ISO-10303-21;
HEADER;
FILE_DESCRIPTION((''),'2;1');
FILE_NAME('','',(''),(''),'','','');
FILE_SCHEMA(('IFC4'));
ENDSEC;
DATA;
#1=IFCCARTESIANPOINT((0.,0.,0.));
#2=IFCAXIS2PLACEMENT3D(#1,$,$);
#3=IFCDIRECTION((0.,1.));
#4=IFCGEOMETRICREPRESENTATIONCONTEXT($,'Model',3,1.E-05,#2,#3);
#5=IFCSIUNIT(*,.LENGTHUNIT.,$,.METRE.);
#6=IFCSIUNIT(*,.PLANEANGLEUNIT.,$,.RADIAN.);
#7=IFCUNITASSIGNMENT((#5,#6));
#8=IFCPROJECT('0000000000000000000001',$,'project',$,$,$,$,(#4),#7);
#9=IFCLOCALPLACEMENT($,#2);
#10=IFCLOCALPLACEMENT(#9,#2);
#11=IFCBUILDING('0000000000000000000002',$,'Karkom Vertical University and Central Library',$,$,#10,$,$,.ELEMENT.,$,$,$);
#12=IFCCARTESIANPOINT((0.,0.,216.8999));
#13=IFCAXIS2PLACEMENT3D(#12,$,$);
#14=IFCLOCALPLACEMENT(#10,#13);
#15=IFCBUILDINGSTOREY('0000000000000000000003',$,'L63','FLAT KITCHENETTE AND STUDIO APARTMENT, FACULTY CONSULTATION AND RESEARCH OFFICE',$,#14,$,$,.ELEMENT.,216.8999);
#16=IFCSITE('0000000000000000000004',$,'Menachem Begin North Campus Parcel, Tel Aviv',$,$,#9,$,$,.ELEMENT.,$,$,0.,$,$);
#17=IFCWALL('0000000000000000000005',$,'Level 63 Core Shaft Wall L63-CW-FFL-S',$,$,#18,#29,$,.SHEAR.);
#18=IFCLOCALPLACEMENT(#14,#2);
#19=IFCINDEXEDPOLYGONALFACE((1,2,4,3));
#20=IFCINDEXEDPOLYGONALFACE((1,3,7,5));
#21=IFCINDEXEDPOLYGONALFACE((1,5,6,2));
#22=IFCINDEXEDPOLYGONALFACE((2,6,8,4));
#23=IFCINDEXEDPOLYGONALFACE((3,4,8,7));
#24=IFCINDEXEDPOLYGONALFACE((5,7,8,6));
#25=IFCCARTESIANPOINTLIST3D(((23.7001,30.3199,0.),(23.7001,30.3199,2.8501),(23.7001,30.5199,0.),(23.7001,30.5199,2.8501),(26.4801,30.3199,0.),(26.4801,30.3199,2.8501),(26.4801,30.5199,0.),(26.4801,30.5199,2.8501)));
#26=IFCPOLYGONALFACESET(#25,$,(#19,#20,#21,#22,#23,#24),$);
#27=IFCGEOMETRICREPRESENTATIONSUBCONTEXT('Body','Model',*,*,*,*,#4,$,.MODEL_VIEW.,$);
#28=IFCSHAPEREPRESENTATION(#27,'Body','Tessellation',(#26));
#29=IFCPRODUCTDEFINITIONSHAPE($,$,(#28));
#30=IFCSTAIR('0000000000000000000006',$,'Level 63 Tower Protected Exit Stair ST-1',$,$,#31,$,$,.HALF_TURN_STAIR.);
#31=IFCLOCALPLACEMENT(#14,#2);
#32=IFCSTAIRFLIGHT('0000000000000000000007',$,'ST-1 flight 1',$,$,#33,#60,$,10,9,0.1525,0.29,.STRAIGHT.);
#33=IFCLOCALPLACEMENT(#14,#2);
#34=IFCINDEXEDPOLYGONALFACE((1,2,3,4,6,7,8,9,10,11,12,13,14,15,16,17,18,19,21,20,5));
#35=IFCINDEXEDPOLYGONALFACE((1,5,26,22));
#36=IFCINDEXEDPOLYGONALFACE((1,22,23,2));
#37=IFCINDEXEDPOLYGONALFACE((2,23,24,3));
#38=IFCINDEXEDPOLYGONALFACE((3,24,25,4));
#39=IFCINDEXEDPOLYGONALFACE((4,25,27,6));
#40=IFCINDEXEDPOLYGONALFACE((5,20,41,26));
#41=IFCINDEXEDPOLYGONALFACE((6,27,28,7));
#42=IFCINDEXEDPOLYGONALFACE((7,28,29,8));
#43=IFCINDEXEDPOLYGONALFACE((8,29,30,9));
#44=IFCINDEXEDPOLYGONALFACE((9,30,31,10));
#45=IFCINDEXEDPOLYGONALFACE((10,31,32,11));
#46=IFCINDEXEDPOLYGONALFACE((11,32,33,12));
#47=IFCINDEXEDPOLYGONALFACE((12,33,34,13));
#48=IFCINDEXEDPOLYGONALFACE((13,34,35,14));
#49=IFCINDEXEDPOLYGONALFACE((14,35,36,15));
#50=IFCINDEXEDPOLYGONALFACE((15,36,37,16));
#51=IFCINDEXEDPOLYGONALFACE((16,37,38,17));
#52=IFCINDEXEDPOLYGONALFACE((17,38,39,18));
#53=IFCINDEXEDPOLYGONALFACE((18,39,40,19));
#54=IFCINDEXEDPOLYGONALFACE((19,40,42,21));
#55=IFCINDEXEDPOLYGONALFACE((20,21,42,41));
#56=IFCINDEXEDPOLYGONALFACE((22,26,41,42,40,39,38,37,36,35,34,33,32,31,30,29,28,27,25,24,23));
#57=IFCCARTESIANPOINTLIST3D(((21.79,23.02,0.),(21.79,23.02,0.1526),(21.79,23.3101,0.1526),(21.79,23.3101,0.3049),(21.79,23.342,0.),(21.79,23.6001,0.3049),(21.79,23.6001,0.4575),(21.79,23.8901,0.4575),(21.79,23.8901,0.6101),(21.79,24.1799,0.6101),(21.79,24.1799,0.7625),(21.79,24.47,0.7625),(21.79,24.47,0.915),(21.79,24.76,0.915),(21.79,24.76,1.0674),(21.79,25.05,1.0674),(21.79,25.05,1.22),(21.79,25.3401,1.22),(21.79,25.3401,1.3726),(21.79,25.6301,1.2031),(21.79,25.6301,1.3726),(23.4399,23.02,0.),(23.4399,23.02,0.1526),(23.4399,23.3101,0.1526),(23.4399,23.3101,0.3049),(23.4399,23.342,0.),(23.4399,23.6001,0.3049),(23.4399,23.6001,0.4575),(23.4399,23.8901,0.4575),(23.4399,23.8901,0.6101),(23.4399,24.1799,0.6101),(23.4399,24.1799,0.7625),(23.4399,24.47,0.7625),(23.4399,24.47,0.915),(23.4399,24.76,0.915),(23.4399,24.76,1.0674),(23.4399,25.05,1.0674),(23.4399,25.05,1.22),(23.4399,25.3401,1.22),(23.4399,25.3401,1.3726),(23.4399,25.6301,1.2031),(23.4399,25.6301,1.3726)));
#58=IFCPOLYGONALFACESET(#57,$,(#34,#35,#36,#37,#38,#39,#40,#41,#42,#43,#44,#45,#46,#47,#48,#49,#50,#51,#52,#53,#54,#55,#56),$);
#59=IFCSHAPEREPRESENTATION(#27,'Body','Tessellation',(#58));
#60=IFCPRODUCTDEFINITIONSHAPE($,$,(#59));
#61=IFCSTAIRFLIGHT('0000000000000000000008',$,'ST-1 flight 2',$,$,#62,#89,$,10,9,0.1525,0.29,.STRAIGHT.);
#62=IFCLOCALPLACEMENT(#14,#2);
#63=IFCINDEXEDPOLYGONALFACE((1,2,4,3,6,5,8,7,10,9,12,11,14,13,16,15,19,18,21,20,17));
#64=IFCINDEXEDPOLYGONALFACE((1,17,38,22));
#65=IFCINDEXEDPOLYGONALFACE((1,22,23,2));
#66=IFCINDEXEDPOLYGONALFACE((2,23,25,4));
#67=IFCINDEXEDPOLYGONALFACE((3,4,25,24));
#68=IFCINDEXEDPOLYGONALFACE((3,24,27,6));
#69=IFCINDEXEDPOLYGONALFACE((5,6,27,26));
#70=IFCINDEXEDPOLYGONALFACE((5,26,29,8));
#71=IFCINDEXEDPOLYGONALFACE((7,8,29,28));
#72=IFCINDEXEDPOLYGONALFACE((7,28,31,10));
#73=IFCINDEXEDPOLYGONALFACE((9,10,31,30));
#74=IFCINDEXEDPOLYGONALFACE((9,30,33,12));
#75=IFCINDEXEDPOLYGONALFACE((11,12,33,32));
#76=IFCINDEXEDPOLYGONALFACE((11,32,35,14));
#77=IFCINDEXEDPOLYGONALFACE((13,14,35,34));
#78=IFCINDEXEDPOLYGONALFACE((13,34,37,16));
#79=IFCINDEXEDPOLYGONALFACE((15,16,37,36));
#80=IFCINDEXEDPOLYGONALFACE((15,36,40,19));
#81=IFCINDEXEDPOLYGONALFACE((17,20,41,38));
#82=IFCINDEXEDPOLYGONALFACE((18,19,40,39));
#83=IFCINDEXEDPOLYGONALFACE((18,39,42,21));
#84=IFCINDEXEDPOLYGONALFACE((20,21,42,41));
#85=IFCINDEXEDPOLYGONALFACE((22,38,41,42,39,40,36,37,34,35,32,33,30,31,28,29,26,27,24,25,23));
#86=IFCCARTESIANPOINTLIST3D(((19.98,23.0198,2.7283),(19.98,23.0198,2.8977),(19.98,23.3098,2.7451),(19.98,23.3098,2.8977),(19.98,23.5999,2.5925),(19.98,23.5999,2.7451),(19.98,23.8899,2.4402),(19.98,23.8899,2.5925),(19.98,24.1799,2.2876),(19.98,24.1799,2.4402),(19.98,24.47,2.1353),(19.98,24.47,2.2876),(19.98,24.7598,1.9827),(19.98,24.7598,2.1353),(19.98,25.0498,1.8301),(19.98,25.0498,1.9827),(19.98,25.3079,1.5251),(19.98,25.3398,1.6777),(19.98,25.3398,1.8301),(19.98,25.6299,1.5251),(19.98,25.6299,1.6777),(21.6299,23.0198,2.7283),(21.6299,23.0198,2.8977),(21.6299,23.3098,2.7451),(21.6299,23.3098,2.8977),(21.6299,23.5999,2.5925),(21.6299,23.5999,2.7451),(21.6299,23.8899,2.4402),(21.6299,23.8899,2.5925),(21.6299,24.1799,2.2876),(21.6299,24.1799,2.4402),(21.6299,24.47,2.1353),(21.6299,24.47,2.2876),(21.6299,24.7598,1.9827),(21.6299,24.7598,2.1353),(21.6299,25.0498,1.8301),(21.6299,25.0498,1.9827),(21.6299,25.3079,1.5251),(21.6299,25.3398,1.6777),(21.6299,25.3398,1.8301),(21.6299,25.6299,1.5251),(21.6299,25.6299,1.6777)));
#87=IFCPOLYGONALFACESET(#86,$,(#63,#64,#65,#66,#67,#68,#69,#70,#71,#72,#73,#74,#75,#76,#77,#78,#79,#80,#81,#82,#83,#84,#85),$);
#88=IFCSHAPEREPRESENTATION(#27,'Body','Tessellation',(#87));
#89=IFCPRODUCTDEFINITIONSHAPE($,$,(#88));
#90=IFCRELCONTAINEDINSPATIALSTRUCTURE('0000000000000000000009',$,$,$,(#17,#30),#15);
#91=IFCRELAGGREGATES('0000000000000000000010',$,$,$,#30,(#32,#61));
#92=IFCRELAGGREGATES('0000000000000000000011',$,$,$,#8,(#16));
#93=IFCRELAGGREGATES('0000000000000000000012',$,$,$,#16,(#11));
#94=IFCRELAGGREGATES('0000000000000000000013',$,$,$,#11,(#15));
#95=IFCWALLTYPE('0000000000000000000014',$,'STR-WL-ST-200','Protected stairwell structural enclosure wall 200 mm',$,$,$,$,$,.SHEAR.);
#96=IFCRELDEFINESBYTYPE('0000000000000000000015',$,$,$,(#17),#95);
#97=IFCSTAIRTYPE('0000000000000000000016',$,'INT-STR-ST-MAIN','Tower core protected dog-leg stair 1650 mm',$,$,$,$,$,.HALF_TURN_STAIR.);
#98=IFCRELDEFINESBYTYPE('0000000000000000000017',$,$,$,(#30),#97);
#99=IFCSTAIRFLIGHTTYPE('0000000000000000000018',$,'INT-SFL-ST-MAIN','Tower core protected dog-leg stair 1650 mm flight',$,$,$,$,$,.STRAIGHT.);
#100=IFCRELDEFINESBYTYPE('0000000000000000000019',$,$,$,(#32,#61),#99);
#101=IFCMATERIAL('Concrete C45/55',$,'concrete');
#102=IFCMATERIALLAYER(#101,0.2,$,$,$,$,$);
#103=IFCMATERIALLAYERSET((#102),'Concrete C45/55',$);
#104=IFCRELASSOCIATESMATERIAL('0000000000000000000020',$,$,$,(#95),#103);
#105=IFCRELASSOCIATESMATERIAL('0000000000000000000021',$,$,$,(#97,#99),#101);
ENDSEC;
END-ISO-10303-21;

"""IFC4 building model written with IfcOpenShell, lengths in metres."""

from ifc_helpers import new_model, si_unit, direction, frame, frame_2d, origin, place, context, subcontext, project, spatial, polyline, rectangle, outline, extrude, material, layer, layer_set, type_object, element, aggregate, save


model = new_model("IFC4")

# Units and contexts
model_context = context("Model", 3, precision=1e-05, world=origin(), true_north=direction((0.0, 1.0)))
body_context = subcontext(model_context, "Body", "Model", "MODEL_VIEW")
ifc_project = project(units=[si_unit("LENGTHUNIT", "METRE"), si_unit("PLANEANGLEUNIT", "RADIAN")], contexts=[model_context])

# Site, building, storey
site_placement = place(None, origin())
site = spatial("IfcSite", under=ifc_project, at=site_placement, Name="Menachem Begin North Campus Parcel, Tel Aviv", CompositionType="ELEMENT", RefElevation=0.0)
building_placement = place(site_placement, origin())
building = spatial("IfcBuilding", under=site, at=building_placement, Name="Karkom Vertical University and Central Library", CompositionType="ELEMENT")
storey_placement = place(building_placement, frame((0.0, 0.0, 216.8999)))
storey = spatial("IfcBuildingStorey", under=building, at=storey_placement, Name="L63", Description="FLAT KITCHENETTE AND STUDIO APARTMENT, FACULTY CONSULTATION AND RESEARCH OFFICE", CompositionType="ELEMENT", Elevation=216.8999)

# Shared definitions
ifc_material_1 = material(Name="Concrete C45/55", Category="concrete")
ifc_layer_1 = layer(ifc_material_1, 0.2)
ifc_layer_set_1 = layer_set([ifc_layer_1], Name="Concrete C45/55")
wall_type_1 = type_object("IfcWallType", Name="STR-WL-ST-200", Description="Protected stairwell structural enclosure wall 200 mm", PredefinedType="SHEAR", material=ifc_layer_set_1)

# Wall
wall_1_placement = place(storey_placement, frame((23.7, 30.4199, 0.0), z_axis=(0.0, 0.0, 1.0), x_axis=(1.0, 0.0, 0.0)))
element("IfcWall", 1, at=wall_1_placement, inside=storey, type_object=wall_type_1, Name="Level 63 Core Shaft Wall L63-CW-FFL-S", PredefinedType="SHEAR", context=body_context, shape_type="SweptSolid", body=[
    extrude(rectangle(XDim=2.78, YDim=0.2, at=frame_2d((1.3901, 0.0))), origin(), (0.0, 0.0, 1.0), 2.8501),
])

# Stair, stair flights
stair_type = type_object("IfcStairType", Name="INT-STR-ST-MAIN", Description="Tower core protected dog-leg stair 1650 mm", PredefinedType="HALF_TURN_STAIR", material=ifc_material_1)
stair_placement = place(storey_placement, origin())
stair = element("IfcStair", 2, at=stair_placement, inside=storey, type_object=stair_type, Name="Level 63 Tower Protected Exit Stair ST-1", PredefinedType="HALF_TURN_STAIR")
stair_flight_type = type_object("IfcStairFlightType", Name="INT-SFL-ST-MAIN", Description="Tower core protected dog-leg stair 1650 mm flight", PredefinedType="STRAIGHT", material=ifc_material_1)
stair_flight_1_placement = place(storey_placement, frame((22.615, 23.02, 0.0), z_axis=(0.0, 0.0, 1.0), x_axis=(0.0, 1.0, 0.0)))
stair_flight_1 = element("IfcStairFlight", 3, at=stair_flight_1_placement, type_object=stair_flight_type, Name="ST-1 flight 1", NumberOfRisers=10, NumberOfTreads=9, PredefinedType="STRAIGHT", RiserHeight=0.1525, TreadLength=0.29, context=body_context, shape_type="SweptSolid", body=[
    extrude(outline(polyline([(0.0, 0.0), (0.0, 0.1526), (0.29, 0.1526), (0.29, 0.3049), (0.5801, 0.3049), (0.5801, 0.4575), (0.8701, 0.4575), (0.8701, 0.6101), (1.1599, 0.6101), (1.1599, 0.7625), (1.45, 0.7625), (1.45, 0.915), (1.74, 0.915), (1.74, 1.0674), (2.03, 1.0674), (2.03, 1.22), (2.3201, 1.22), (2.3201, 1.3726), (2.6101, 1.3726), (2.6101, 1.5249), (2.6101, 1.2031), (0.322, 0.0), (0.0, 0.0)])), frame((0.0, 0.825, 0.0), z_axis=(0.0, -1.0, 0.0), x_axis=(1.0, 0.0, 0.0)), (0.0, 0.0, 1.0), 1.6499),
])
stair_flight_2_placement = place(storey_placement, frame((20.8049, 25.6299, 1.5251), z_axis=(0.0, 0.0, 1.0), x_axis=(0.0, -1.0, 0.0)))
stair_flight_2 = element("IfcStairFlight", 4, at=stair_flight_2_placement, type_object=stair_flight_type, Name="ST-1 flight 2", NumberOfRisers=10, NumberOfTreads=9, PredefinedType="STRAIGHT", RiserHeight=0.1525, TreadLength=0.29, context=body_context, shape_type="SweptSolid", body=[
    extrude(outline(polyline([(0.0, 0.0), (0.0, 0.1526), (0.29, 0.1526), (0.29, 0.3049), (0.5801, 0.3049), (0.5801, 0.4575), (0.8701, 0.4575), (0.8701, 0.6101), (1.1599, 0.6101), (1.1599, 0.7625), (1.45, 0.7625), (1.45, 0.915), (1.74, 0.915), (1.74, 1.0674), (2.03, 1.0674), (2.03, 1.22), (2.3201, 1.22), (2.3201, 1.3726), (2.6101, 1.3726), (2.6101, 1.5249), (2.6101, 1.2031), (0.322, 0.0), (0.0, 0.0)])), frame((0.0, 0.825, 0.0), z_axis=(0.0, -1.0, 0.0), x_axis=(1.0, 0.0, 0.0)), (0.0, 0.0, 1.0), 1.6499),
])
aggregate(stair, [stair_flight_1, stair_flight_2])

save(model, "model.ifc")
